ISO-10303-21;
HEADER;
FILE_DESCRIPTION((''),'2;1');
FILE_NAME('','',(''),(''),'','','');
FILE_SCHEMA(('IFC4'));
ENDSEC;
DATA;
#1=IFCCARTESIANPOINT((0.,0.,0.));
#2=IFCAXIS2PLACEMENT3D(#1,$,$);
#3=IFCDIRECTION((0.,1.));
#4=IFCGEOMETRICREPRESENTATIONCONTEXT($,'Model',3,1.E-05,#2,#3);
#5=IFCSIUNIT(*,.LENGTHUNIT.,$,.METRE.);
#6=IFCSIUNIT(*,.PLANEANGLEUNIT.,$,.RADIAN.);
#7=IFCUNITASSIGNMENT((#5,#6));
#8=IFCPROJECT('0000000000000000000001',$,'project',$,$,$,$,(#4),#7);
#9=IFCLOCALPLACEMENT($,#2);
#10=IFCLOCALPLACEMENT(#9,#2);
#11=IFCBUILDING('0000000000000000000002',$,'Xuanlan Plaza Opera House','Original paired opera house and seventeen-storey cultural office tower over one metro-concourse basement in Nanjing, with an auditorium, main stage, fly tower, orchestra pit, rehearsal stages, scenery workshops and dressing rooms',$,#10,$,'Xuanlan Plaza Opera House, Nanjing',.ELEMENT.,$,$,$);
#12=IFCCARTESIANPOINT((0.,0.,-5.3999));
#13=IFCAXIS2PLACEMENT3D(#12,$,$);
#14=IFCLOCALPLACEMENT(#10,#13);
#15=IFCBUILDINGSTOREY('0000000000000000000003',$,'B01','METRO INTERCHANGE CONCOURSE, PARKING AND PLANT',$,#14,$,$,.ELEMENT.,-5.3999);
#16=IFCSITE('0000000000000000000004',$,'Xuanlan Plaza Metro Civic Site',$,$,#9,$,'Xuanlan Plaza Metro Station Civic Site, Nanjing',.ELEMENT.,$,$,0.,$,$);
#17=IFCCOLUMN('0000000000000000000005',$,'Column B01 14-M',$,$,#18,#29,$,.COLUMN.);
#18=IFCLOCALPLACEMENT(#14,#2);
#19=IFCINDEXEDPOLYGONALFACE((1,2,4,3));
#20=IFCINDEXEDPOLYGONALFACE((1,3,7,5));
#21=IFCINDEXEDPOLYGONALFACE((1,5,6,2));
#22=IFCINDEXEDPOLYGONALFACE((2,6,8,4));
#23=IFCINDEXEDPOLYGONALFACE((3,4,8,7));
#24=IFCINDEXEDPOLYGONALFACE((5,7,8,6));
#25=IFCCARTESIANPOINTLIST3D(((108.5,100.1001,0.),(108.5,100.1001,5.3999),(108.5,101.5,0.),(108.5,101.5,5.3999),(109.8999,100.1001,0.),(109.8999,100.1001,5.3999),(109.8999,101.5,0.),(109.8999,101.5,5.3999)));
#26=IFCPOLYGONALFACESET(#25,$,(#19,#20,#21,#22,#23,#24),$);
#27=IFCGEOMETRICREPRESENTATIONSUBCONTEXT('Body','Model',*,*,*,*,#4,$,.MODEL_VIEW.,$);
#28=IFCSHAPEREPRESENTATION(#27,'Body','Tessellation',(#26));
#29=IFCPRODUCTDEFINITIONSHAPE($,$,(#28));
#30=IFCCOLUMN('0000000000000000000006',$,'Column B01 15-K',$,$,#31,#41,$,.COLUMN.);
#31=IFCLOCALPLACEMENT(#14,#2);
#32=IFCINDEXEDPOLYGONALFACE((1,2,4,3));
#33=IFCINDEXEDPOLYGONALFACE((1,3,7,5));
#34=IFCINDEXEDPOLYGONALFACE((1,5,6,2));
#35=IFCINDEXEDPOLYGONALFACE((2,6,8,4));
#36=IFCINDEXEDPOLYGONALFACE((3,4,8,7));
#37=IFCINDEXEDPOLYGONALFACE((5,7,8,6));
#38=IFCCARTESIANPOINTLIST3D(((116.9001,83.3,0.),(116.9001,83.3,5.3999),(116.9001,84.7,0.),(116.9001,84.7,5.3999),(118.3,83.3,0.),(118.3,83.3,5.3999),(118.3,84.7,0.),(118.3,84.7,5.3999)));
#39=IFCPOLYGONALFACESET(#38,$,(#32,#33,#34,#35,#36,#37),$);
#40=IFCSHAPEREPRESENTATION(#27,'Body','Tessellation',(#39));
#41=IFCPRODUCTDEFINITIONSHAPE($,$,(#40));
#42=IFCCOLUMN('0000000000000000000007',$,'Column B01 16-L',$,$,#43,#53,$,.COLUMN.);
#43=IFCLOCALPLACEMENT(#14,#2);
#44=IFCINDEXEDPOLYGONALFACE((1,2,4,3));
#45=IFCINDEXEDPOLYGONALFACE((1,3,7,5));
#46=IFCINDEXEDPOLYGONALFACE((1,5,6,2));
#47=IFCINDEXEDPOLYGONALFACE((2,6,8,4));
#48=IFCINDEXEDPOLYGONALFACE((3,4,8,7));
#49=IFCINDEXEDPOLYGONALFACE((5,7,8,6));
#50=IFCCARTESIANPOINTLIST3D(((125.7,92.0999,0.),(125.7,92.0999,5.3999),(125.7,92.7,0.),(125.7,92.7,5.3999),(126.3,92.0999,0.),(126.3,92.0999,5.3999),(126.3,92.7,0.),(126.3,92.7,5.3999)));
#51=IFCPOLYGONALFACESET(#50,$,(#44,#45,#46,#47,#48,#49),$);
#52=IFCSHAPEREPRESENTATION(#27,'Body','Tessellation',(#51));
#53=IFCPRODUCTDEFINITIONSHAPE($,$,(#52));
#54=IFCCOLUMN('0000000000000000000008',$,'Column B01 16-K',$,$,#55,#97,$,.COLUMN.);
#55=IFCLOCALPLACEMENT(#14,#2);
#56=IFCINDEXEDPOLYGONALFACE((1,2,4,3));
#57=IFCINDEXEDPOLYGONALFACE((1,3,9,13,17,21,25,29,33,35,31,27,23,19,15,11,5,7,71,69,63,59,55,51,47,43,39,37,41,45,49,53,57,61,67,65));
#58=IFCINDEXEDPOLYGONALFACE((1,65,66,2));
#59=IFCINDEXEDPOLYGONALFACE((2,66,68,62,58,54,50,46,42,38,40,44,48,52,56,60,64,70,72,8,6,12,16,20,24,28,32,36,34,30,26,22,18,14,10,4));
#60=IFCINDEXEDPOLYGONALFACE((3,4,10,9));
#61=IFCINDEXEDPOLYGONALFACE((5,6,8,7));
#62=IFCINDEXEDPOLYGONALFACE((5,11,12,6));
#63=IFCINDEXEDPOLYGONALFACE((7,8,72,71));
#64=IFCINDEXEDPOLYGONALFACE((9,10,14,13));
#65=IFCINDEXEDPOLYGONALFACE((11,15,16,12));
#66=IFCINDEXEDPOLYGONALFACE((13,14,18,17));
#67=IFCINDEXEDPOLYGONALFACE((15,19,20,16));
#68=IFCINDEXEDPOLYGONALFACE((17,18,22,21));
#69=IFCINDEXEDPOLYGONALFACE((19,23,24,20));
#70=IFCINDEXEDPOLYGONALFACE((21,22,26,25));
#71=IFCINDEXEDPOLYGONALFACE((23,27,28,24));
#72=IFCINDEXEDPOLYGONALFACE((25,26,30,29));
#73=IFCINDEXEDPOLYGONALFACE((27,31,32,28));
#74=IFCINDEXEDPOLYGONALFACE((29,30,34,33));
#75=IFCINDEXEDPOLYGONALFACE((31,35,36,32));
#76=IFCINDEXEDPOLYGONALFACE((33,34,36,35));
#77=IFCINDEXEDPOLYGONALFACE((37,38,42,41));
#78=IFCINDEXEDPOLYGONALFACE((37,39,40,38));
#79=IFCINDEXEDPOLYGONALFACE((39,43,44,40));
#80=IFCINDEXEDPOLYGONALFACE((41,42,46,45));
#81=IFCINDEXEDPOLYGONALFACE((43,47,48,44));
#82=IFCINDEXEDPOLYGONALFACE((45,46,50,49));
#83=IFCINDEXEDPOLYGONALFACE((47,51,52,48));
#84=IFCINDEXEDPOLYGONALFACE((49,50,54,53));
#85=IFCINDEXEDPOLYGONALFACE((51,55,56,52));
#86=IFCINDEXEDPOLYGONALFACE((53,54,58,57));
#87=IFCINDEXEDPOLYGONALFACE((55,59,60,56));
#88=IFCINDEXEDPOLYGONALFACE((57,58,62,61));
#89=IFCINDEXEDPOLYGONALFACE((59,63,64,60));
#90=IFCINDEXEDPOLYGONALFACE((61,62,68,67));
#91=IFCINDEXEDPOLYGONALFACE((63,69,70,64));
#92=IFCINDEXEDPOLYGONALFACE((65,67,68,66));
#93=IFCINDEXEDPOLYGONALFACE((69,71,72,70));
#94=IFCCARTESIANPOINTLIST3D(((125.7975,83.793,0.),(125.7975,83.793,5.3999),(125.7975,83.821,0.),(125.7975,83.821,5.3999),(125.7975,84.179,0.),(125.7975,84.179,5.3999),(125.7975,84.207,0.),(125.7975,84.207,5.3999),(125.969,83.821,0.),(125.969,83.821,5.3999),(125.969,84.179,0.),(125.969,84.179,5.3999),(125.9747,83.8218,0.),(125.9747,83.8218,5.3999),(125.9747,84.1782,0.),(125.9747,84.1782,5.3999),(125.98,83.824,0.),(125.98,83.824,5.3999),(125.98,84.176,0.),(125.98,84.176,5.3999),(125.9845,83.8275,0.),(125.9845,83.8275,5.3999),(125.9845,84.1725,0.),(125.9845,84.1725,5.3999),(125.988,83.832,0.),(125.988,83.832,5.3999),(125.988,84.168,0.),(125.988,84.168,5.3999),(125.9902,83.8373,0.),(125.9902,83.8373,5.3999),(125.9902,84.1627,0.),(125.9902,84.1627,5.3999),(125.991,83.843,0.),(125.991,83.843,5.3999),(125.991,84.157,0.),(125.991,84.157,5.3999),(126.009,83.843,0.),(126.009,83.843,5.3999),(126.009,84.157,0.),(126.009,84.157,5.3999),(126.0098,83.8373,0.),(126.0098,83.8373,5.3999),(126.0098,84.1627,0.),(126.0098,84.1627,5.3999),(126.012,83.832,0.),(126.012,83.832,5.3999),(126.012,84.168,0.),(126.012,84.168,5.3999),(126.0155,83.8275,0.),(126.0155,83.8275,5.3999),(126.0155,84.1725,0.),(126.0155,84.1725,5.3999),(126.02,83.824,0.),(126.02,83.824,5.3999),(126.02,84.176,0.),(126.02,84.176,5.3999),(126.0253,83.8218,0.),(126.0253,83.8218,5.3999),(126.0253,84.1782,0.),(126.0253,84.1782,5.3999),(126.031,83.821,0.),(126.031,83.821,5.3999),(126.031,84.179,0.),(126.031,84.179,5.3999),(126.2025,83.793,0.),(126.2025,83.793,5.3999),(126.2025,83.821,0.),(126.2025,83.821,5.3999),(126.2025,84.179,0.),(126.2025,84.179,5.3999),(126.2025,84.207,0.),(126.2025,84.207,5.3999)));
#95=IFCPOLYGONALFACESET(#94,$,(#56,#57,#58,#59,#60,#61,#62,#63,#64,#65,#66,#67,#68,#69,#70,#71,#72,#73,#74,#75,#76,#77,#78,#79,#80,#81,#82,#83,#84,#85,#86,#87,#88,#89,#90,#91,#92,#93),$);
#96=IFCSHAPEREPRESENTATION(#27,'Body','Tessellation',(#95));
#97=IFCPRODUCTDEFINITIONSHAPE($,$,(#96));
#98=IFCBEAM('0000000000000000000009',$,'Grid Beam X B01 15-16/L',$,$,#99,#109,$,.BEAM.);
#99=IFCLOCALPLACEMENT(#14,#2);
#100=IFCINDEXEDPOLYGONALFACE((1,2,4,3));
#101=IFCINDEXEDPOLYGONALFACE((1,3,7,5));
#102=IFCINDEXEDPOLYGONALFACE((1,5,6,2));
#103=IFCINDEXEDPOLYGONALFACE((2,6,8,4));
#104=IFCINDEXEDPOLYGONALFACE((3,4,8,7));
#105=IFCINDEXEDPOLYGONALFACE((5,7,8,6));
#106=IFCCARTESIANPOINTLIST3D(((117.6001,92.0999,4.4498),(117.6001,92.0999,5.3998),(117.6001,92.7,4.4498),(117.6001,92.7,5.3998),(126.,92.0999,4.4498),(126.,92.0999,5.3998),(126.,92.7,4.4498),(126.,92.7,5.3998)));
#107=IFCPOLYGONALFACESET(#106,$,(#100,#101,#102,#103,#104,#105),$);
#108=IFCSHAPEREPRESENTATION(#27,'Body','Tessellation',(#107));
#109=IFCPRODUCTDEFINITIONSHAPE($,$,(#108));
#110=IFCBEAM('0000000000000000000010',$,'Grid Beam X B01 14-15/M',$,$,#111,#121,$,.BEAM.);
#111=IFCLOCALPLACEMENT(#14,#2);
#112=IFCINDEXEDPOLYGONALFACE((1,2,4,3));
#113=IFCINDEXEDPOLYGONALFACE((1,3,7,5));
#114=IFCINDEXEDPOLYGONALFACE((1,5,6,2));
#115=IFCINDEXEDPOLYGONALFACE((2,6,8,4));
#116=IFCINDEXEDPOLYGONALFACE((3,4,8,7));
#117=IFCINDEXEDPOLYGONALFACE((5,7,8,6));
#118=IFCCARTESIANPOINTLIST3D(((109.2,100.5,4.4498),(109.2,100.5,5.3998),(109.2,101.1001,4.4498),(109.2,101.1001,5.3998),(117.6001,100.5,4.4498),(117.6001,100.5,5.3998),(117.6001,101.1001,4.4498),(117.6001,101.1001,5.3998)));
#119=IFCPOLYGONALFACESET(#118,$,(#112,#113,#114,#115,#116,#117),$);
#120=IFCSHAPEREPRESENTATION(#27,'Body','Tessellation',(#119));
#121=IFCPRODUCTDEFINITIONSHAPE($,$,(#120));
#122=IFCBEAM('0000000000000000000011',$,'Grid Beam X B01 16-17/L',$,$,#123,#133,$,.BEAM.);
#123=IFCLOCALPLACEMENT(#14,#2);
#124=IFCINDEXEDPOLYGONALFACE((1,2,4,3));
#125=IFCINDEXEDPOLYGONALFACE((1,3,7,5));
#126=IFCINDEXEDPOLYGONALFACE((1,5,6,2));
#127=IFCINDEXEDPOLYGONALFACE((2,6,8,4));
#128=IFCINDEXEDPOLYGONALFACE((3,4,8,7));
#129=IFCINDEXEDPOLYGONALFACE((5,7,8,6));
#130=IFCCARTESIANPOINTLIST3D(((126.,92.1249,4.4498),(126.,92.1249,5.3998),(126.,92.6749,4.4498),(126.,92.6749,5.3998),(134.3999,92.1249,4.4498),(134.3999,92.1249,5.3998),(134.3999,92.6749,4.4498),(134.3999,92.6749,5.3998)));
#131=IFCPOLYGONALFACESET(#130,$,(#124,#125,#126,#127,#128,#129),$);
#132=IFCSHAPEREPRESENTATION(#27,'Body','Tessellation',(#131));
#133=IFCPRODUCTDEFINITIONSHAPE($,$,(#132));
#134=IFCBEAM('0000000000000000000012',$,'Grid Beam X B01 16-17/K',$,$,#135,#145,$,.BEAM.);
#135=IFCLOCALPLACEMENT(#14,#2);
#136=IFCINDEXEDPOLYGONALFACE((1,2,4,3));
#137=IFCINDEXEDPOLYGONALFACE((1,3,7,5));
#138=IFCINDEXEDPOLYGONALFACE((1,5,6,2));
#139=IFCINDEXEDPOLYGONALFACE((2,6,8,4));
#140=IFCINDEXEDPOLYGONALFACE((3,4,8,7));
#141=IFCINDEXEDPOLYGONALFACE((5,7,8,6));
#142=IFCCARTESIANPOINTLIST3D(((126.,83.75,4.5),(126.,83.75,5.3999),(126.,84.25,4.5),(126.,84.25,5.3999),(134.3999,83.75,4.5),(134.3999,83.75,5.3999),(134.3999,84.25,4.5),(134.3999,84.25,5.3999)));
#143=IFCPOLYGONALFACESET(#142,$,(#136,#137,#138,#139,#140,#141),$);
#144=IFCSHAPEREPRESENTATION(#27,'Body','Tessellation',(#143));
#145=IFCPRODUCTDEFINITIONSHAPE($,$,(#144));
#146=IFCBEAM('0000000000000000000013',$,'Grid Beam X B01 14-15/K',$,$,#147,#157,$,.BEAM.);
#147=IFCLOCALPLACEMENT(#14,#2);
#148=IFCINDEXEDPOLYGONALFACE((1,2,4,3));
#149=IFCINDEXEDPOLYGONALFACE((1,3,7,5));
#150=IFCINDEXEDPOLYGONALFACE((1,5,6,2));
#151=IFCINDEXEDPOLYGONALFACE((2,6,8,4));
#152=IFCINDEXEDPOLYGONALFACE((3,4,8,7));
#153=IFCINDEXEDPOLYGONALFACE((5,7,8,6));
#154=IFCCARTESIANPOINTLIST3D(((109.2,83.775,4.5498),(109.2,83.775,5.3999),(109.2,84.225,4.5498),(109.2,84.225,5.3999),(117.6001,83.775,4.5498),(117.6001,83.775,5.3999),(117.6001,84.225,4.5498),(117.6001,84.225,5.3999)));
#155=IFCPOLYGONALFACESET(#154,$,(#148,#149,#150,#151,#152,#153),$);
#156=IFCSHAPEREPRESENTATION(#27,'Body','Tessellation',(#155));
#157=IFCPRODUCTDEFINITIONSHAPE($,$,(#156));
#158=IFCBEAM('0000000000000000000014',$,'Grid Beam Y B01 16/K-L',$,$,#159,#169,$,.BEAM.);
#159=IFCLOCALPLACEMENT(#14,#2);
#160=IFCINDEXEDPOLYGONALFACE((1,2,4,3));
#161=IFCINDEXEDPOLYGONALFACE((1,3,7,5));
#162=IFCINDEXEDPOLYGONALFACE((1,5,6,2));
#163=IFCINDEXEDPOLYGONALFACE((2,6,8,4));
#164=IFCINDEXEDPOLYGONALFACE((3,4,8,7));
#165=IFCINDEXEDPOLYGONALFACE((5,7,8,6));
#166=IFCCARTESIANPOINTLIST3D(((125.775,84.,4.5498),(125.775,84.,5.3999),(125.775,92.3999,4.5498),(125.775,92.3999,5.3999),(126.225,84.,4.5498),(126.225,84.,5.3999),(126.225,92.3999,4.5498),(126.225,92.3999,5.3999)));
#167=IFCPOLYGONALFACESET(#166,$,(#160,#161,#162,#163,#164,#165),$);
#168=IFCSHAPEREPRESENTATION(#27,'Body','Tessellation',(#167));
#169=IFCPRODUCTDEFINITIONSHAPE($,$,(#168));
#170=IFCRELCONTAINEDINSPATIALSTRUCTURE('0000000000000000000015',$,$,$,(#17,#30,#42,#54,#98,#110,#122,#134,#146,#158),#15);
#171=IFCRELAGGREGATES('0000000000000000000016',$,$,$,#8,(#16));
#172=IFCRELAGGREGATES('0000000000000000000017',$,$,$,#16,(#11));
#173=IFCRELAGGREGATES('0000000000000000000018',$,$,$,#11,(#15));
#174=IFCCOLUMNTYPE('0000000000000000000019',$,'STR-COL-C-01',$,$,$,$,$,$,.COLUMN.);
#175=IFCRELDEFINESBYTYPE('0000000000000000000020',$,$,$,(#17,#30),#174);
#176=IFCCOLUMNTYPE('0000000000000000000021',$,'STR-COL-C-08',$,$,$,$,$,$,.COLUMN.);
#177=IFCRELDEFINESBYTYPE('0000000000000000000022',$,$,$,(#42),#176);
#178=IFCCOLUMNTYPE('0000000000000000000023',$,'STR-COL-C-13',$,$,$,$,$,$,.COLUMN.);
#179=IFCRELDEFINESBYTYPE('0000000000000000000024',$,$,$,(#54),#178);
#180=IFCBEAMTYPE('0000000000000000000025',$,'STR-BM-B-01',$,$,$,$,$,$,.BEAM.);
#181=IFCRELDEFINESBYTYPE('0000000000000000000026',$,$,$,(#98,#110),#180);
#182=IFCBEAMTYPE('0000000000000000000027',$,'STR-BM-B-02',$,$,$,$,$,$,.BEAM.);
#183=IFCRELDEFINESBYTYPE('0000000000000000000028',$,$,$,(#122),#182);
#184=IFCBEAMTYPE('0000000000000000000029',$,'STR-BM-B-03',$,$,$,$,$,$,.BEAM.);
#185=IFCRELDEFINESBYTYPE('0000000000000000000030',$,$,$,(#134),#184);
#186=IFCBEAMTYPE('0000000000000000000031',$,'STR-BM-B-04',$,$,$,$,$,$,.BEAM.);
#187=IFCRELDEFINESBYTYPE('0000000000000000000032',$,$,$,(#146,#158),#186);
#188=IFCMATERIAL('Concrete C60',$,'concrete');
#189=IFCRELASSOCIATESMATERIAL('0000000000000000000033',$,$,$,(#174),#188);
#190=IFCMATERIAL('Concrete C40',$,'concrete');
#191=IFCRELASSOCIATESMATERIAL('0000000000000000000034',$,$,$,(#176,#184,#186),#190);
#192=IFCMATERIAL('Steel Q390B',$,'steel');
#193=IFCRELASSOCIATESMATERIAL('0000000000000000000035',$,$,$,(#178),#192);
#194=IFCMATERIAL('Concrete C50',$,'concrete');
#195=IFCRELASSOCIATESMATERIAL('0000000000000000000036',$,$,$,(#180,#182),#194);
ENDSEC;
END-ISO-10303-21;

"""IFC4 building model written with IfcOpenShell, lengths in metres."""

from ifc_helpers import new_model, si_unit, direction, frame, origin, origin_2d, place, context, subcontext, project, spatial, rectangle, i_section, extrude, material, material_profile, profile_set, type_object, element, save


model = new_model("IFC4")

# Units and contexts
model_context = context("Model", 3, precision=1e-05, world=origin(), true_north=direction((0.0, 1.0)))
body_context = subcontext(model_context, "Body", "Model", "MODEL_VIEW")
ifc_project = project(units=[si_unit("LENGTHUNIT", "METRE"), si_unit("PLANEANGLEUNIT", "RADIAN")], contexts=[model_context])

# Site, building, storey
site_placement = place(None, origin())
site = spatial("IfcSite", under=ifc_project, at=site_placement, Name="Xuanlan Plaza Metro Civic Site", LongName="Xuanlan Plaza Metro Station Civic Site, Nanjing", CompositionType="ELEMENT", RefElevation=0.0)
building_placement = place(site_placement, origin())
building = spatial("IfcBuilding", under=site, at=building_placement, Name="Xuanlan Plaza Opera House", Description="Original paired opera house and seventeen-storey cultural office tower over one metro-concourse basement in Nanjing, with an auditorium, main stage, fly tower, orchestra pit, rehearsal stages, scenery workshops and dressing rooms", LongName="Xuanlan Plaza Opera House, Nanjing", CompositionType="ELEMENT")
storey_placement = place(building_placement, frame((0.0, 0.0, -5.3999)))
storey = spatial("IfcBuildingStorey", under=building, at=storey_placement, Name="B01", Description="METRO INTERCHANGE CONCOURSE, PARKING AND PLANT", CompositionType="ELEMENT", Elevation=-5.3999)

# Shared definitions
ifc_material_1 = material(Name="Concrete C40", Category="concrete")
ifc_material_2 = material(Name="Concrete C50", Category="concrete")

# Columns
ifc_material_3 = material(Name="Concrete C60", Category="concrete")
ifc_material_profile_1 = material_profile(ifc_material_3, rectangle(XDim=1.3999, YDim=1.3999, at=origin_2d()), Name="RC-COL 1400x1400")
ifc_profile_set_1 = profile_set([ifc_material_profile_1], Name="Concrete C60")
column_type_1 = type_object("IfcColumnType", Name="STR-COL-C-01", PredefinedType="COLUMN", material=ifc_profile_set_1)
for number, where, z_axis, x_axis, name in (
    (1, (109.2, 100.8, 0.0), (0.0, 0.0, 1.0), (1.0, 0.0, 0.0), "Column B01 14-M"),
    (2, (117.6001, 84.0, 0.0), (0.0, 0.0, 1.0), (1.0, 0.0, 0.0), "Column B01 15-K"),
):
    element("IfcColumn", number, at=place(storey_placement, frame(where, z_axis=z_axis, x_axis=x_axis)), inside=storey, type_object=column_type_1, Name=name, PredefinedType="COLUMN", context=body_context, shape_type="SweptSolid", body=[
        extrude(rectangle(XDim=1.3999, YDim=1.3999, at=origin_2d()), origin(), (0.0, 0.0, 1.0), 5.3999),
    ])
ifc_material_profile_2 = material_profile(ifc_material_1, rectangle(XDim=0.6001, YDim=0.6001, at=origin_2d()), Name="RC-COL 600x600")
ifc_profile_set_2 = profile_set([ifc_material_profile_2], Name="Concrete C40")
column_type_2 = type_object("IfcColumnType", Name="STR-COL-C-08", PredefinedType="COLUMN", material=ifc_profile_set_2)
column_1_placement = place(storey_placement, frame((126.0, 92.3999, 0.0), z_axis=(0.0, 0.0, 1.0), x_axis=(1.0, 0.0, 0.0)))
element("IfcColumn", 3, at=column_1_placement, inside=storey, type_object=column_type_2, Name="Column B01 16-L", PredefinedType="COLUMN", context=body_context, shape_type="SweptSolid", body=[
    extrude(rectangle(XDim=0.6001, YDim=0.6001, at=origin_2d()), origin(), (0.0, 0.0, 1.0), 5.3999),
])
ifc_material_4 = material(Name="Steel Q390B", Category="steel")
ifc_material_profile_3 = material_profile(ifc_material_4, i_section(OverallWidth=0.405, OverallDepth=0.4141, WebThickness=0.0181, FlangeThickness=0.0281, FilletRadius=0.022, at=origin_2d()), Name="HW 414x405x18x28")
ifc_profile_set_3 = profile_set([ifc_material_profile_3], Name="Steel Q390B")
column_type_3 = type_object("IfcColumnType", Name="STR-COL-C-13", PredefinedType="COLUMN", material=ifc_profile_set_3)
column_2_placement = place(storey_placement, frame((126.0, 84.0, 0.0), z_axis=(0.0, 0.0, 1.0), x_axis=(1.0, 0.0, 0.0)))
element("IfcColumn", 4, at=column_2_placement, inside=storey, type_object=column_type_3, Name="Column B01 16-K", PredefinedType="COLUMN", context=body_context, shape_type="SweptSolid", body=[
    extrude(i_section(OverallWidth=0.405, OverallDepth=0.4141, WebThickness=0.0181, FlangeThickness=0.0281, FilletRadius=0.022, at=origin_2d()), origin(), (0.0, 0.0, 1.0), 5.3999),
])

# Beams
ifc_material_profile_4 = material_profile(ifc_material_2, rectangle(XDim=0.6001, YDim=0.95, at=origin_2d()), Name="RC-BM 600x950")
ifc_profile_set_4 = profile_set([ifc_material_profile_4], Name="Concrete C50")
beam_type_1 = type_object("IfcBeamType", Name="STR-BM-B-01", PredefinedType="BEAM", material=ifc_profile_set_4)
beam_1_placement = place(storey_placement, frame((117.6001, 92.3999, 4.9248), z_axis=(1.0, 0.0, 0.0), x_axis=(0.0, 1.0, 0.0)))
element("IfcBeam", 5, at=beam_1_placement, inside=storey, type_object=beam_type_1, Name="Grid Beam X B01 15-16/L", PredefinedType="BEAM", context=body_context, shape_type="SweptSolid", body=[
    extrude(rectangle(XDim=0.6001, YDim=0.95, at=origin_2d()), origin(), (0.0, 0.0, 1.0), 8.3999),
])
beam_2_placement = place(storey_placement, frame((109.2, 100.8, 4.9248), z_axis=(1.0, 0.0, 0.0), x_axis=(0.0, 1.0, 0.0)))
element("IfcBeam", 6, at=beam_2_placement, inside=storey, type_object=beam_type_1, Name="Grid Beam X B01 14-15/M", PredefinedType="BEAM", context=body_context, shape_type="SweptSolid", body=[
    extrude(rectangle(XDim=0.6001, YDim=0.95, at=origin_2d()), origin(), (0.0, 0.0, 1.0), 8.4001),
])
ifc_material_profile_5 = material_profile(ifc_material_2, rectangle(XDim=0.55, YDim=0.95, at=origin_2d()), Name="RC-BM 550x950")
ifc_profile_set_5 = profile_set([ifc_material_profile_5], Name="Concrete C50")
beam_type_2 = type_object("IfcBeamType", Name="STR-BM-B-02", PredefinedType="BEAM", material=ifc_profile_set_5)
beam_3_placement = place(storey_placement, frame((126.0, 92.3999, 4.9248), z_axis=(1.0, 0.0, 0.0), x_axis=(0.0, 1.0, 0.0)))
element("IfcBeam", 7, at=beam_3_placement, inside=storey, type_object=beam_type_2, Name="Grid Beam X B01 16-17/L", PredefinedType="BEAM", context=body_context, shape_type="SweptSolid", body=[
    extrude(rectangle(XDim=0.55, YDim=0.95, at=origin_2d()), origin(), (0.0, 0.0, 1.0), 8.3999),
])
ifc_material_profile_6 = material_profile(ifc_material_1, rectangle(XDim=0.5, YDim=0.8999, at=origin_2d()), Name="RC-BM 500x900")
ifc_profile_set_6 = profile_set([ifc_material_profile_6], Name="Concrete C40")
beam_type_3 = type_object("IfcBeamType", Name="STR-BM-B-03", PredefinedType="BEAM", material=ifc_profile_set_6)
beam_4_placement = place(storey_placement, frame((126.0, 84.0, 4.95), z_axis=(1.0, 0.0, 0.0), x_axis=(0.0, 1.0, 0.0)))
element("IfcBeam", 8, at=beam_4_placement, inside=storey, type_object=beam_type_3, Name="Grid Beam X B01 16-17/K", PredefinedType="BEAM", context=body_context, shape_type="SweptSolid", body=[
    extrude(rectangle(XDim=0.5, YDim=0.8999, at=origin_2d()), origin(), (0.0, 0.0, 1.0), 8.3999),
])
ifc_material_profile_7 = material_profile(ifc_material_1, rectangle(XDim=0.45, YDim=0.8501, at=origin_2d()), Name="RC-BM 450x850")
ifc_profile_set_7 = profile_set([ifc_material_profile_7], Name="Concrete C40")
beam_type_4 = type_object("IfcBeamType", Name="STR-BM-B-04", PredefinedType="BEAM", material=ifc_profile_set_7)
beam_5_placement = place(storey_placement, frame((109.2, 84.0, 4.9749), z_axis=(1.0, 0.0, 0.0), x_axis=(0.0, 1.0, 0.0)))
element("IfcBeam", 9, at=beam_5_placement, inside=storey, type_object=beam_type_4, Name="Grid Beam X B01 14-15/K", PredefinedType="BEAM", context=body_context, shape_type="SweptSolid", body=[
    extrude(rectangle(XDim=0.45, YDim=0.8501, at=origin_2d()), origin(), (0.0, 0.0, 1.0), 8.4001),
])
beam_6_placement = place(storey_placement, frame((126.0, 84.0, 4.9749), z_axis=(0.0, 1.0, 0.0), x_axis=(-1.0, 0.0, 0.0)))
element("IfcBeam", 10, at=beam_6_placement, inside=storey, type_object=beam_type_4, Name="Grid Beam Y B01 16/K-L", PredefinedType="BEAM", context=body_context, shape_type="SweptSolid", body=[
    extrude(rectangle(XDim=0.45, YDim=0.8501, at=origin_2d()), origin(), (0.0, 0.0, 1.0), 8.3999),
])

save(model, "model.ifc")
